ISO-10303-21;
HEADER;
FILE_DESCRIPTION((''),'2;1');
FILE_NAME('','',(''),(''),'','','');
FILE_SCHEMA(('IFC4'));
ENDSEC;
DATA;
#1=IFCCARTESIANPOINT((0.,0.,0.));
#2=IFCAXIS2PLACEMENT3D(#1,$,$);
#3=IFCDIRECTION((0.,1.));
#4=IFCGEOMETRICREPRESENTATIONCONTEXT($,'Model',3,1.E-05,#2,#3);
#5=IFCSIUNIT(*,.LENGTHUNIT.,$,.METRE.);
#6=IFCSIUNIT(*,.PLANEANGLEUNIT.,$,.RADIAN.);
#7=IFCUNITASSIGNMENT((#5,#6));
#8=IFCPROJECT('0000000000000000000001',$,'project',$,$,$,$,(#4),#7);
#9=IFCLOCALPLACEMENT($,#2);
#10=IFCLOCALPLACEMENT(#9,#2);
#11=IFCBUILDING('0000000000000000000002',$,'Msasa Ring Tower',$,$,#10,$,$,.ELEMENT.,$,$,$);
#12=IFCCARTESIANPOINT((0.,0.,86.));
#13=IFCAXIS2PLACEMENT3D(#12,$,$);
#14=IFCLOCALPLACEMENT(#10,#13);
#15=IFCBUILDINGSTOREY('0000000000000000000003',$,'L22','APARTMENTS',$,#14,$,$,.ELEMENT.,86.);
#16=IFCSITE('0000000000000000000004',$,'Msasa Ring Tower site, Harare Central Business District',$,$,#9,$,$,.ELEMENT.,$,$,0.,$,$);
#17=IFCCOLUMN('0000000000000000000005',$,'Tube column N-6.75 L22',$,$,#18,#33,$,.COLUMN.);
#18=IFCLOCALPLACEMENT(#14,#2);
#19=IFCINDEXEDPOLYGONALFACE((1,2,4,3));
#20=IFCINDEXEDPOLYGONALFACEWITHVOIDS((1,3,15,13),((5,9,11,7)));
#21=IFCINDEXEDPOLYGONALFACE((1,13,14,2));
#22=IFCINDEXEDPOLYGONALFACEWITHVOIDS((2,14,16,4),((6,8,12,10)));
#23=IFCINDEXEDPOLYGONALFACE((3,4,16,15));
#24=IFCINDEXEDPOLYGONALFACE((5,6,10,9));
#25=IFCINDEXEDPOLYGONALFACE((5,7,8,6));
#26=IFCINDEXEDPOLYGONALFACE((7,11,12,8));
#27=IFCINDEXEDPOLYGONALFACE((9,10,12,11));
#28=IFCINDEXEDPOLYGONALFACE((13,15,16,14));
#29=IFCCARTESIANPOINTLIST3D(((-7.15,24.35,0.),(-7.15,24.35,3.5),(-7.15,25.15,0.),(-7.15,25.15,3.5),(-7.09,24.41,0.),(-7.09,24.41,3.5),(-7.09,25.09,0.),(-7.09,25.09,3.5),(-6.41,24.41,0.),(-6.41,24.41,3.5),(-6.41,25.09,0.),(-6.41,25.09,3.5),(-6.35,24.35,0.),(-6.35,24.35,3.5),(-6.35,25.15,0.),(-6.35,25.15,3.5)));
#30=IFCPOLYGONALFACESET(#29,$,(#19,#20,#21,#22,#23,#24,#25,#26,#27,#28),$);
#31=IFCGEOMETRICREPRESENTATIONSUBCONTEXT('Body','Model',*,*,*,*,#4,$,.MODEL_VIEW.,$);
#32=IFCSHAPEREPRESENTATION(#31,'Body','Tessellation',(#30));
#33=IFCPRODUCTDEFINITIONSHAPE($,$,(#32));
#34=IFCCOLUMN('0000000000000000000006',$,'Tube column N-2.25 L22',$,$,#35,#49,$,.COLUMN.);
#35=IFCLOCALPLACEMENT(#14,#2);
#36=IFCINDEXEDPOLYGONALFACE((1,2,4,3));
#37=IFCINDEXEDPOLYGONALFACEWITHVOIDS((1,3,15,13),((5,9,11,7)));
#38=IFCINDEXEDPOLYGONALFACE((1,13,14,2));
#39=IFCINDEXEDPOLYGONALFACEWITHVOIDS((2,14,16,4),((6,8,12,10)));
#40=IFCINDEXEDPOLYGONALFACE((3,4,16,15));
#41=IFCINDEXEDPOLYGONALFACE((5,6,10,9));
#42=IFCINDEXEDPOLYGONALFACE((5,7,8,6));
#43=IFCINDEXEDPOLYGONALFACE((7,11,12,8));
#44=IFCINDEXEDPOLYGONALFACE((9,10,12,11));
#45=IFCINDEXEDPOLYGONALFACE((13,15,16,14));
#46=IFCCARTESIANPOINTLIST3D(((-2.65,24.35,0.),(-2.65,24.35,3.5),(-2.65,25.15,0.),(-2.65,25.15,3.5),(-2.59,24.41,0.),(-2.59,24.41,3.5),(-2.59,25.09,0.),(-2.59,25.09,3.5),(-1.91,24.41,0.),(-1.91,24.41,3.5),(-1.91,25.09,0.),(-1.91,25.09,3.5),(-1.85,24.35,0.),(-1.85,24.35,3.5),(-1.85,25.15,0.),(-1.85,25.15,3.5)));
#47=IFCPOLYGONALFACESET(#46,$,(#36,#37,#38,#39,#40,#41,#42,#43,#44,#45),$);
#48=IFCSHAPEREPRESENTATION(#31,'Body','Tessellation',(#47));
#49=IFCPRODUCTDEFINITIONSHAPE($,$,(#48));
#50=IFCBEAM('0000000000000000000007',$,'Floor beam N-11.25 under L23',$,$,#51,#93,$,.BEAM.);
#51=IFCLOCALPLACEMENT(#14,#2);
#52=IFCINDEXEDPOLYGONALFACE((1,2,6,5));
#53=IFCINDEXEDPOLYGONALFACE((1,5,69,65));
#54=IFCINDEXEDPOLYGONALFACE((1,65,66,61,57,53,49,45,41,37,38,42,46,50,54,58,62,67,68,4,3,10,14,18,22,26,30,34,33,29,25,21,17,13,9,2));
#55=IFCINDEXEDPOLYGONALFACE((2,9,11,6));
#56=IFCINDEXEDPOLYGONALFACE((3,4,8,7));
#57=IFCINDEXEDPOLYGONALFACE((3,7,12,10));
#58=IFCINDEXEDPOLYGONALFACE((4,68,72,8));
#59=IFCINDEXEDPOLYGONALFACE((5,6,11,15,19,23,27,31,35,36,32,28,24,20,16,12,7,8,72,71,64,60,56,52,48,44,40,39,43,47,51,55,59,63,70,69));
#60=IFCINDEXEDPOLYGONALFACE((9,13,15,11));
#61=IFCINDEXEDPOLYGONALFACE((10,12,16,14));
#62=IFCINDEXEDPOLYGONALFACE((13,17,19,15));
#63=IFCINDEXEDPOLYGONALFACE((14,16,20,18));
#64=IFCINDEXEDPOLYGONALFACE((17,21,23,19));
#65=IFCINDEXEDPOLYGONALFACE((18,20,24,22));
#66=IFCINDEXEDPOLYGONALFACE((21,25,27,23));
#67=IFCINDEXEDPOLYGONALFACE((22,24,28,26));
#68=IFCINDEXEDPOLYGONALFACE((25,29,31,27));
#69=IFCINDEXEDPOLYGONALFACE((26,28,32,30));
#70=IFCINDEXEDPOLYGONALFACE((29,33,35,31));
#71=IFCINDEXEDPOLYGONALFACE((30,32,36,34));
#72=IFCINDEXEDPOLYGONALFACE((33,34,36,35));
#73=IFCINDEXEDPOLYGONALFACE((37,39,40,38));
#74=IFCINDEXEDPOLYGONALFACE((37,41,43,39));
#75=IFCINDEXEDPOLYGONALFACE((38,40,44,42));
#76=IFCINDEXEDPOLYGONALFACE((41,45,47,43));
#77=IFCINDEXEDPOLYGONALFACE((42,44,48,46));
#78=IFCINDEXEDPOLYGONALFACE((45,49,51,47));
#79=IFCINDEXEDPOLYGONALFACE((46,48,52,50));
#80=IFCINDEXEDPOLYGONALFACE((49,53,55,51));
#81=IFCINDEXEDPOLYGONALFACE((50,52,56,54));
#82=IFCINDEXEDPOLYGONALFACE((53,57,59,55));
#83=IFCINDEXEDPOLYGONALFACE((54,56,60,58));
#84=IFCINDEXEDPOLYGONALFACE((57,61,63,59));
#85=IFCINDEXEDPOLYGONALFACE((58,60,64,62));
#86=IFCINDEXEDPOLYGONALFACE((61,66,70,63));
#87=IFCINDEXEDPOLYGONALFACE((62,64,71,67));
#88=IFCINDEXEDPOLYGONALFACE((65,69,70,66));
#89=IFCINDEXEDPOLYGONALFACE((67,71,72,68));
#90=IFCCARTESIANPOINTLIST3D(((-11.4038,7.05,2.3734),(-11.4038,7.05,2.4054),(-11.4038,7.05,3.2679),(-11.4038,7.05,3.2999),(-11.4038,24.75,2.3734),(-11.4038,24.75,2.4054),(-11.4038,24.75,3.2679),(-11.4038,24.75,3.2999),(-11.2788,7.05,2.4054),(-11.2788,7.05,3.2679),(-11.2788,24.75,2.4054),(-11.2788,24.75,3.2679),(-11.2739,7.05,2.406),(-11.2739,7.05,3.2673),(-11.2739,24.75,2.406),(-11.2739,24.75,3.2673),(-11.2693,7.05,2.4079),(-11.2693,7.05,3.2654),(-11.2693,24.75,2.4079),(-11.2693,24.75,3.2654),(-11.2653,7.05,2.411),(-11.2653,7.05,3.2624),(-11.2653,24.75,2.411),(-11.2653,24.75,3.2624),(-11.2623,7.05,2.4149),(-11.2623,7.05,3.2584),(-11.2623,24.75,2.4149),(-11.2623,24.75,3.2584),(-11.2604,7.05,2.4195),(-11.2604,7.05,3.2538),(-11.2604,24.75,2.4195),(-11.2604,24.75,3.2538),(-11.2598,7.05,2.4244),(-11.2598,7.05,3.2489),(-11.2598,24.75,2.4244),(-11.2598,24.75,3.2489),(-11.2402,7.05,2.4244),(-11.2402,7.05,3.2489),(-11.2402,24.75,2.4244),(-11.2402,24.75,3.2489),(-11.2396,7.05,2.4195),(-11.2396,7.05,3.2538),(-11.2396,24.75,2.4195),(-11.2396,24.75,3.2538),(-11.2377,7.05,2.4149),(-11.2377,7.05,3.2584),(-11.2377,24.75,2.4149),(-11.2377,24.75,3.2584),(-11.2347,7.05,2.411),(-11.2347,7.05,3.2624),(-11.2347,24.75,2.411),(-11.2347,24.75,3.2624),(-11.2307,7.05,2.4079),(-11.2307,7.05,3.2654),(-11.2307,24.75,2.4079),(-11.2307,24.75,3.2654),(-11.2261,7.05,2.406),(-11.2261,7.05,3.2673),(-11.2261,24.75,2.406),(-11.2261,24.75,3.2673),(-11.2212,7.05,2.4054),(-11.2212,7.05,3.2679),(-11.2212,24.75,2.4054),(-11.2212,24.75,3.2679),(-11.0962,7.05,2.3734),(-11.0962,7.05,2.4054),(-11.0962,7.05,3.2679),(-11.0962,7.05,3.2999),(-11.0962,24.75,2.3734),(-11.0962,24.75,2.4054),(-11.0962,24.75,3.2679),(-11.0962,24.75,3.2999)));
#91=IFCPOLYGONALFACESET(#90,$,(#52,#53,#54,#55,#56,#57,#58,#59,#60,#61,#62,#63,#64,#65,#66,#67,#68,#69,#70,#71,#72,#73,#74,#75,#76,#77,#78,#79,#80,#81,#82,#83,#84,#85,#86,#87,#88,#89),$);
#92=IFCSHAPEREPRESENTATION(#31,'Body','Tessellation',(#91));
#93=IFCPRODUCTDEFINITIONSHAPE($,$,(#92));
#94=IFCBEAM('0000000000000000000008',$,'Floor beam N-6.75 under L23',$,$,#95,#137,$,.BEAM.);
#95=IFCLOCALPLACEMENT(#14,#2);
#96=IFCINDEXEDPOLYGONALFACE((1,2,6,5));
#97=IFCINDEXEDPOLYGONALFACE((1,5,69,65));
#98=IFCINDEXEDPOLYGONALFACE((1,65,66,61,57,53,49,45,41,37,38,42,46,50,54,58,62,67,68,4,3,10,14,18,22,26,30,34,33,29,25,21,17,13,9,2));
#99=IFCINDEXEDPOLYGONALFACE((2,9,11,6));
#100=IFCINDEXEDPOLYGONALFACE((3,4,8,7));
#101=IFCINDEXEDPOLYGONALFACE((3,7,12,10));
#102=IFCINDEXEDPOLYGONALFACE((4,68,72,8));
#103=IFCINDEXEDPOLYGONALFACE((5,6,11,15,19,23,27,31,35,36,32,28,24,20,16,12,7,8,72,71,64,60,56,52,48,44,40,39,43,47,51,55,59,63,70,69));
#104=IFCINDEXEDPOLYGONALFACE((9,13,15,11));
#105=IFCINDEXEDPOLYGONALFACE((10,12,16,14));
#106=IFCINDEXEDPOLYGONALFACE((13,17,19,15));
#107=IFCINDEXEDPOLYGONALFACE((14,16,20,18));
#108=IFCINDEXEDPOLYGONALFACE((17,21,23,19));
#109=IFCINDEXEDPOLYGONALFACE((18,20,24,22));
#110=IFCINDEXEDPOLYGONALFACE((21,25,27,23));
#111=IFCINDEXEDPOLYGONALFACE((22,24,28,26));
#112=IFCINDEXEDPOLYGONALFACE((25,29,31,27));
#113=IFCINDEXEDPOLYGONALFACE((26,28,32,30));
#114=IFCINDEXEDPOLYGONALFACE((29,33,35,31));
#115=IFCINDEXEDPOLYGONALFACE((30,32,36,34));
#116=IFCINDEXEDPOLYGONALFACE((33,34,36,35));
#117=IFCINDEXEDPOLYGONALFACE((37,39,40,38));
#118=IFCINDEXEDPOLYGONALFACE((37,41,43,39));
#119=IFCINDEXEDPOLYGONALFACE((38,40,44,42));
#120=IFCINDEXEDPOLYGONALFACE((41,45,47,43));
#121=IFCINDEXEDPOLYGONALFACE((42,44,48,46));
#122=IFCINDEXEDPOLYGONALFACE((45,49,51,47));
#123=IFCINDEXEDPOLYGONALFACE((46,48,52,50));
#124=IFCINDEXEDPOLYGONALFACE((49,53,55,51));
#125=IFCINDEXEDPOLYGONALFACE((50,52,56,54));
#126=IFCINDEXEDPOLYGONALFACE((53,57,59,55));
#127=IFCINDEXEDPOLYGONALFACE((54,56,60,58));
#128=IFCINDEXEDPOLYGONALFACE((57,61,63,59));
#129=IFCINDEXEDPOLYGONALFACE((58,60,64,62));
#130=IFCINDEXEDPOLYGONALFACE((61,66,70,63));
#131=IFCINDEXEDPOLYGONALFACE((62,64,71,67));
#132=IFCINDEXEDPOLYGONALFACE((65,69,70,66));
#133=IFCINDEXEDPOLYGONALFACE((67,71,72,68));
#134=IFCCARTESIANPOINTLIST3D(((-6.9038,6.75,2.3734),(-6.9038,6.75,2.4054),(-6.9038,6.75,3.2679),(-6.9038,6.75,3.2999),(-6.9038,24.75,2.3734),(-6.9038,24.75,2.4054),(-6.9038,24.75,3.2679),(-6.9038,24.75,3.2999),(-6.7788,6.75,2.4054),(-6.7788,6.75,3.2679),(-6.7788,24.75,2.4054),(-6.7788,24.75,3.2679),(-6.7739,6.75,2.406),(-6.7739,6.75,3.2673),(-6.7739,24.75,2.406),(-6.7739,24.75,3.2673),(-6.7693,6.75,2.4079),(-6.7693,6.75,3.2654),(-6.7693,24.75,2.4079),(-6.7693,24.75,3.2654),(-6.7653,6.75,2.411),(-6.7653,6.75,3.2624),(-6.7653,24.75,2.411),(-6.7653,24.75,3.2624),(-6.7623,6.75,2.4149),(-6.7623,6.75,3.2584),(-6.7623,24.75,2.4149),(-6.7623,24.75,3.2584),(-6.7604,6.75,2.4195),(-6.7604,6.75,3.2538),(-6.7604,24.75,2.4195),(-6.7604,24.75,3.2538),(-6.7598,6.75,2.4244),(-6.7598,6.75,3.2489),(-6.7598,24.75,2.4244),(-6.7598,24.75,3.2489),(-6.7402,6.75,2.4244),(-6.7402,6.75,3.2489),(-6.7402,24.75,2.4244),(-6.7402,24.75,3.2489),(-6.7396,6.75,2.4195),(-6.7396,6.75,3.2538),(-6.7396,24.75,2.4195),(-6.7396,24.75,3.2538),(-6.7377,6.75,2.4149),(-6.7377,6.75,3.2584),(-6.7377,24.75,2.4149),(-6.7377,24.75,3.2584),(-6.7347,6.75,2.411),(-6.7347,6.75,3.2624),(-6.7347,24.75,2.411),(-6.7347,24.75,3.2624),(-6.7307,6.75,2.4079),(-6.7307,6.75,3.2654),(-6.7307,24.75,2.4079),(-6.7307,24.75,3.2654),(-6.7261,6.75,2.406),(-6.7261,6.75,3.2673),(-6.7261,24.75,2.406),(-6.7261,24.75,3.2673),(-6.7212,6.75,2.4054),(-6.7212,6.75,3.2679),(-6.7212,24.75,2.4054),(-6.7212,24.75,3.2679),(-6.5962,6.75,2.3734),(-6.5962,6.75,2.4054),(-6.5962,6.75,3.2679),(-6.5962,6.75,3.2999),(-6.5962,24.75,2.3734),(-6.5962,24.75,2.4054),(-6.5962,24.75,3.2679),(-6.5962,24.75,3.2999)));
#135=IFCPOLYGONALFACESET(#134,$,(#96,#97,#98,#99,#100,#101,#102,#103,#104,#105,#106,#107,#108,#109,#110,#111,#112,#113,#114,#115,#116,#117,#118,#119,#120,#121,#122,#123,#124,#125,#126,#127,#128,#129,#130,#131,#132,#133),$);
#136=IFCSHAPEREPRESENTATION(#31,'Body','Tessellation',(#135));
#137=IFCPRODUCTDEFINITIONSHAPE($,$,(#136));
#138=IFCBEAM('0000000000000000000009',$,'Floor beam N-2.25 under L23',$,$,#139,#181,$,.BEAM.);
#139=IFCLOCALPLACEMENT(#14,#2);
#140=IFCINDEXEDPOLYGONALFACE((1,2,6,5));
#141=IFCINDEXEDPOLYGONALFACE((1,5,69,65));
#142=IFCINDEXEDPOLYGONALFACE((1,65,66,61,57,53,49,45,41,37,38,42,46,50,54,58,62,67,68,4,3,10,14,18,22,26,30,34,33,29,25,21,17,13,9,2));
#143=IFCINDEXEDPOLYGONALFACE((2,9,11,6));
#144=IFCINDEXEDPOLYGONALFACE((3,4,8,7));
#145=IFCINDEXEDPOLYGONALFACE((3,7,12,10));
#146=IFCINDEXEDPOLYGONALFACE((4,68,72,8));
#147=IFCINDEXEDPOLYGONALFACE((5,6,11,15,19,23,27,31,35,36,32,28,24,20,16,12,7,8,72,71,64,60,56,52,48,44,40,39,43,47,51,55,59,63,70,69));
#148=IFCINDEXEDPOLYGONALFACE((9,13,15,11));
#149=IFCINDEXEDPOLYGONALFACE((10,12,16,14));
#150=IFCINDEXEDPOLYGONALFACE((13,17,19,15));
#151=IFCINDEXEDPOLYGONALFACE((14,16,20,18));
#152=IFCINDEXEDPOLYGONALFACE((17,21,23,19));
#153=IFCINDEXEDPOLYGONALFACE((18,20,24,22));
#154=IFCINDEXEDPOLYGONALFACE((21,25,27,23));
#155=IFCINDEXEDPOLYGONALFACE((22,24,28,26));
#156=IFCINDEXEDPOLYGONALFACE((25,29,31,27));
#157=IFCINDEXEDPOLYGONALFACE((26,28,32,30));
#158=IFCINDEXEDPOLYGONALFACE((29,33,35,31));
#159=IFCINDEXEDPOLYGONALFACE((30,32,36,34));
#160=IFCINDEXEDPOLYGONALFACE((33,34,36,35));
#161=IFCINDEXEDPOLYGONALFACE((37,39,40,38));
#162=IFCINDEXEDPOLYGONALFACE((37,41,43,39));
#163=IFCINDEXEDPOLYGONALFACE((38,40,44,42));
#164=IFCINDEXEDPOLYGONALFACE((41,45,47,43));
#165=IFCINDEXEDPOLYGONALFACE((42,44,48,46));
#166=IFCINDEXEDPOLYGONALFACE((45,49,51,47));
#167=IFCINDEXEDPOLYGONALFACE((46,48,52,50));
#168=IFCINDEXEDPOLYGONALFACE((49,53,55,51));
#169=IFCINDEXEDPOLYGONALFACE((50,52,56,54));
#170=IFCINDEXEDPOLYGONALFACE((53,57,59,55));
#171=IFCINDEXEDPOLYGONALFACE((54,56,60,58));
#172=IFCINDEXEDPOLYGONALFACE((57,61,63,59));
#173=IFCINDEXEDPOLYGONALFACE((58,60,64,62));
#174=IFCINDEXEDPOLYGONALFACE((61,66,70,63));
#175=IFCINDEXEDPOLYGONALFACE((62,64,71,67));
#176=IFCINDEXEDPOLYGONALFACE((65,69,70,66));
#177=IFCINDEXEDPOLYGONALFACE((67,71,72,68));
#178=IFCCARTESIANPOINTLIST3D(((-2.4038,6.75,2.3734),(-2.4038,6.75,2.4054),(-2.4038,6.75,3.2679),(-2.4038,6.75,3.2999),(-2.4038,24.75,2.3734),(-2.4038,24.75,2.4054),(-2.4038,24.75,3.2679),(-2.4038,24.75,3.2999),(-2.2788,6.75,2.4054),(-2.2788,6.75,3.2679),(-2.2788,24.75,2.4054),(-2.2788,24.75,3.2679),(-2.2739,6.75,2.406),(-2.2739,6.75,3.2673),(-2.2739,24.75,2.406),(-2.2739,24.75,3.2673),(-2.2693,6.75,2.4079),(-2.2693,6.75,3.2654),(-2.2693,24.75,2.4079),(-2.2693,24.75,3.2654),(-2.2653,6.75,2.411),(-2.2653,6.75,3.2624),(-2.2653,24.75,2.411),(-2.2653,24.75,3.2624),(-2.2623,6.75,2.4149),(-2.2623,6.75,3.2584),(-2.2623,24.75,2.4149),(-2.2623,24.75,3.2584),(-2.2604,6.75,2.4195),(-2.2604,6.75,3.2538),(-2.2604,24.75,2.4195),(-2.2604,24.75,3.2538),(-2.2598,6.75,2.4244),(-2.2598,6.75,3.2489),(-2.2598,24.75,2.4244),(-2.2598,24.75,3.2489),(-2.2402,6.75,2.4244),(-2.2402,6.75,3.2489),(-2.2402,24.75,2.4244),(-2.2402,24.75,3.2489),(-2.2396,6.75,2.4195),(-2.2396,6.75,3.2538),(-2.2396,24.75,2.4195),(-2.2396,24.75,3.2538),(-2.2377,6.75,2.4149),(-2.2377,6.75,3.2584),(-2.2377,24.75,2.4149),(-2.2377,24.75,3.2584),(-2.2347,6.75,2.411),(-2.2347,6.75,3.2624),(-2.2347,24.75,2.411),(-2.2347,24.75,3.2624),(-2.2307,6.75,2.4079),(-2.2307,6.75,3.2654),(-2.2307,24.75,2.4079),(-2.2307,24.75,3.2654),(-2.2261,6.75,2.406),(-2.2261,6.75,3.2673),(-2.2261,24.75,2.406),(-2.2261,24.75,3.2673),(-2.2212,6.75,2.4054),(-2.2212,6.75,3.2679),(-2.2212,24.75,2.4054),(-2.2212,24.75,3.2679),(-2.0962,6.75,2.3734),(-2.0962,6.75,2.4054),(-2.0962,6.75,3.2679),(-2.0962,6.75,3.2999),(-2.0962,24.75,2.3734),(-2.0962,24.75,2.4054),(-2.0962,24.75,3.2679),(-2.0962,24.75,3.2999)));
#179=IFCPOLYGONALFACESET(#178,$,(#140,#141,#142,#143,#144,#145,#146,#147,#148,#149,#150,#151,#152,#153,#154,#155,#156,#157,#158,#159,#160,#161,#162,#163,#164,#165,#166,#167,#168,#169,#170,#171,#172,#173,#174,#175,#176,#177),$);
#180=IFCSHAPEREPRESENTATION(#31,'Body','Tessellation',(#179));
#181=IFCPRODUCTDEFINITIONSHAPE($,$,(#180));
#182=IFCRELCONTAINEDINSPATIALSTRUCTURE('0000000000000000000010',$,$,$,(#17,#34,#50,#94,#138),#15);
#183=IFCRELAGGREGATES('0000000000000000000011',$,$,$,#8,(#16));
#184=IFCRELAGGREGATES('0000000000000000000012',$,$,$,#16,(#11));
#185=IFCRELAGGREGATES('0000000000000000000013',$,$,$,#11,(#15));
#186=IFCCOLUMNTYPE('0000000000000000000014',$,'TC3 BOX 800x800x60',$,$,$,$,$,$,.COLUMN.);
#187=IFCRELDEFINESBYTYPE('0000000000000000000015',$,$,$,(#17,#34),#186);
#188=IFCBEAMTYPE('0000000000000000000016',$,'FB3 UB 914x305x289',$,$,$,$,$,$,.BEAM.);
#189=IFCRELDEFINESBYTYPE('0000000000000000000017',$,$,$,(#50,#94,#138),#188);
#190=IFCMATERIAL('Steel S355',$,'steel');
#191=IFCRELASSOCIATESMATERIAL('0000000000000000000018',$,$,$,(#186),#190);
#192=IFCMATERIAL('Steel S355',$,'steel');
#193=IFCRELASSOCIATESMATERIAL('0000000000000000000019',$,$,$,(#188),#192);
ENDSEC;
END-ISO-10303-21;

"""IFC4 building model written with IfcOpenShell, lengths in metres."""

from ifc_helpers import new_model, si_unit, direction, frame, origin, origin_2d, place, context, subcontext, project, spatial, hollow_rectangle, i_section, extrude, material, material_profile, profile_set, type_object, element, save


model = new_model("IFC4")

# Units and contexts
model_context = context("Model", 3, precision=1e-05, world=origin(), true_north=direction((0.0, 1.0)))
body_context = subcontext(model_context, "Body", "Model", "MODEL_VIEW")
ifc_project = project(units=[si_unit("LENGTHUNIT", "METRE"), si_unit("PLANEANGLEUNIT", "RADIAN")], contexts=[model_context])

# Site, building, storey
site_placement = place(None, origin())
site = spatial("IfcSite", under=ifc_project, at=site_placement, Name="Msasa Ring Tower site, Harare Central Business District", CompositionType="ELEMENT", RefElevation=0.0)
building_placement = place(site_placement, origin())
building = spatial("IfcBuilding", under=site, at=building_placement, Name="Msasa Ring Tower", CompositionType="ELEMENT")
storey_placement = place(building_placement, frame((0.0, 0.0, 86.0)))
storey = spatial("IfcBuildingStorey", under=building, at=storey_placement, Name="L22", Description="APARTMENTS", CompositionType="ELEMENT", Elevation=86.0)

# Columns
ifc_material_1 = material(Name="Steel S355", Category="steel")
ifc_material_profile_1 = material_profile(ifc_material_1, hollow_rectangle(XDim=0.8, YDim=0.8, WallThickness=0.0601, at=origin_2d()), Name="BOX 800x800x60")
ifc_profile_set_1 = profile_set([ifc_material_profile_1], Name="Steel S355")
column_type = type_object("IfcColumnType", Name="TC3 BOX 800x800x60", PredefinedType="COLUMN", material=ifc_profile_set_1)
for number, where, z_axis, x_axis, name in (
    (1, (-6.75, 24.75, 0.0), (0.0, 0.0, 1.0), (0.0, 1.0, 0.0), "Tube column N-6.75 L22"),
    (2, (-2.25, 24.75, 0.0), (0.0, 0.0, 1.0), (0.0, 1.0, 0.0), "Tube column N-2.25 L22"),
):
    element("IfcColumn", number, at=place(storey_placement, frame(where, z_axis=z_axis, x_axis=x_axis)), inside=storey, type_object=column_type, Name=name, PredefinedType="COLUMN", context=body_context, shape_type="SweptSolid", body=[
        extrude(hollow_rectangle(XDim=0.8, YDim=0.8, WallThickness=0.0601, at=origin_2d()), origin(), (0.0, 0.0, 1.0), 3.5),
    ])

# Beams
ifc_material_2 = material(Name="Steel S355", Category="steel")
ifc_material_profile_2 = material_profile(ifc_material_2, i_section(OverallWidth=0.3076, OverallDepth=0.9265, WebThickness=0.0195, FlangeThickness=0.032, FilletRadius=0.019, at=origin_2d()), Name="UB 914x305x289")
ifc_profile_set_2 = profile_set([ifc_material_profile_2], Name="Steel S355")
beam_type_1 = type_object("IfcBeamType", Name="FB3 UB 914x305x289", PredefinedType="BEAM", material=ifc_profile_set_2)
beam_placement = place(storey_placement, frame((-11.25, 24.75, 2.8367), z_axis=(0.0, -1.0, 0.0), x_axis=(1.0, 0.0, 0.0)))
element("IfcBeam", 3, at=beam_placement, inside=storey, type_object=beam_type_1, Name="Floor beam N-11.25 under L23", PredefinedType="BEAM", context=body_context, shape_type="SweptSolid", body=[
    extrude(i_section(OverallWidth=0.3076, OverallDepth=0.9265, WebThickness=0.0195, FlangeThickness=0.032, FilletRadius=0.019, at=origin_2d()), origin(), (0.0, 0.0, 1.0), 17.7),
])
for number, where, z_axis, x_axis, name in (
    (4, (-6.75, 24.75, 2.8367), (0.0, -1.0, 0.0), (1.0, 0.0, 0.0), "Floor beam N-6.75 under L23"),
    (5, (-2.25, 24.75, 2.8367), (0.0, -1.0, 0.0), (1.0, 0.0, 0.0), "Floor beam N-2.25 under L23"),
):
    element("IfcBeam", number, at=place(storey_placement, frame(where, z_axis=z_axis, x_axis=x_axis)), inside=storey, type_object=beam_type_1, Name=name, PredefinedType="BEAM", context=body_context, shape_type="SweptSolid", body=[
        extrude(i_section(OverallWidth=0.3076, OverallDepth=0.9265, WebThickness=0.0195, FlangeThickness=0.032, FilletRadius=0.019, at=origin_2d()), origin(), (0.0, 0.0, 1.0), 18.0),
    ])

save(model, "model.ifc")
